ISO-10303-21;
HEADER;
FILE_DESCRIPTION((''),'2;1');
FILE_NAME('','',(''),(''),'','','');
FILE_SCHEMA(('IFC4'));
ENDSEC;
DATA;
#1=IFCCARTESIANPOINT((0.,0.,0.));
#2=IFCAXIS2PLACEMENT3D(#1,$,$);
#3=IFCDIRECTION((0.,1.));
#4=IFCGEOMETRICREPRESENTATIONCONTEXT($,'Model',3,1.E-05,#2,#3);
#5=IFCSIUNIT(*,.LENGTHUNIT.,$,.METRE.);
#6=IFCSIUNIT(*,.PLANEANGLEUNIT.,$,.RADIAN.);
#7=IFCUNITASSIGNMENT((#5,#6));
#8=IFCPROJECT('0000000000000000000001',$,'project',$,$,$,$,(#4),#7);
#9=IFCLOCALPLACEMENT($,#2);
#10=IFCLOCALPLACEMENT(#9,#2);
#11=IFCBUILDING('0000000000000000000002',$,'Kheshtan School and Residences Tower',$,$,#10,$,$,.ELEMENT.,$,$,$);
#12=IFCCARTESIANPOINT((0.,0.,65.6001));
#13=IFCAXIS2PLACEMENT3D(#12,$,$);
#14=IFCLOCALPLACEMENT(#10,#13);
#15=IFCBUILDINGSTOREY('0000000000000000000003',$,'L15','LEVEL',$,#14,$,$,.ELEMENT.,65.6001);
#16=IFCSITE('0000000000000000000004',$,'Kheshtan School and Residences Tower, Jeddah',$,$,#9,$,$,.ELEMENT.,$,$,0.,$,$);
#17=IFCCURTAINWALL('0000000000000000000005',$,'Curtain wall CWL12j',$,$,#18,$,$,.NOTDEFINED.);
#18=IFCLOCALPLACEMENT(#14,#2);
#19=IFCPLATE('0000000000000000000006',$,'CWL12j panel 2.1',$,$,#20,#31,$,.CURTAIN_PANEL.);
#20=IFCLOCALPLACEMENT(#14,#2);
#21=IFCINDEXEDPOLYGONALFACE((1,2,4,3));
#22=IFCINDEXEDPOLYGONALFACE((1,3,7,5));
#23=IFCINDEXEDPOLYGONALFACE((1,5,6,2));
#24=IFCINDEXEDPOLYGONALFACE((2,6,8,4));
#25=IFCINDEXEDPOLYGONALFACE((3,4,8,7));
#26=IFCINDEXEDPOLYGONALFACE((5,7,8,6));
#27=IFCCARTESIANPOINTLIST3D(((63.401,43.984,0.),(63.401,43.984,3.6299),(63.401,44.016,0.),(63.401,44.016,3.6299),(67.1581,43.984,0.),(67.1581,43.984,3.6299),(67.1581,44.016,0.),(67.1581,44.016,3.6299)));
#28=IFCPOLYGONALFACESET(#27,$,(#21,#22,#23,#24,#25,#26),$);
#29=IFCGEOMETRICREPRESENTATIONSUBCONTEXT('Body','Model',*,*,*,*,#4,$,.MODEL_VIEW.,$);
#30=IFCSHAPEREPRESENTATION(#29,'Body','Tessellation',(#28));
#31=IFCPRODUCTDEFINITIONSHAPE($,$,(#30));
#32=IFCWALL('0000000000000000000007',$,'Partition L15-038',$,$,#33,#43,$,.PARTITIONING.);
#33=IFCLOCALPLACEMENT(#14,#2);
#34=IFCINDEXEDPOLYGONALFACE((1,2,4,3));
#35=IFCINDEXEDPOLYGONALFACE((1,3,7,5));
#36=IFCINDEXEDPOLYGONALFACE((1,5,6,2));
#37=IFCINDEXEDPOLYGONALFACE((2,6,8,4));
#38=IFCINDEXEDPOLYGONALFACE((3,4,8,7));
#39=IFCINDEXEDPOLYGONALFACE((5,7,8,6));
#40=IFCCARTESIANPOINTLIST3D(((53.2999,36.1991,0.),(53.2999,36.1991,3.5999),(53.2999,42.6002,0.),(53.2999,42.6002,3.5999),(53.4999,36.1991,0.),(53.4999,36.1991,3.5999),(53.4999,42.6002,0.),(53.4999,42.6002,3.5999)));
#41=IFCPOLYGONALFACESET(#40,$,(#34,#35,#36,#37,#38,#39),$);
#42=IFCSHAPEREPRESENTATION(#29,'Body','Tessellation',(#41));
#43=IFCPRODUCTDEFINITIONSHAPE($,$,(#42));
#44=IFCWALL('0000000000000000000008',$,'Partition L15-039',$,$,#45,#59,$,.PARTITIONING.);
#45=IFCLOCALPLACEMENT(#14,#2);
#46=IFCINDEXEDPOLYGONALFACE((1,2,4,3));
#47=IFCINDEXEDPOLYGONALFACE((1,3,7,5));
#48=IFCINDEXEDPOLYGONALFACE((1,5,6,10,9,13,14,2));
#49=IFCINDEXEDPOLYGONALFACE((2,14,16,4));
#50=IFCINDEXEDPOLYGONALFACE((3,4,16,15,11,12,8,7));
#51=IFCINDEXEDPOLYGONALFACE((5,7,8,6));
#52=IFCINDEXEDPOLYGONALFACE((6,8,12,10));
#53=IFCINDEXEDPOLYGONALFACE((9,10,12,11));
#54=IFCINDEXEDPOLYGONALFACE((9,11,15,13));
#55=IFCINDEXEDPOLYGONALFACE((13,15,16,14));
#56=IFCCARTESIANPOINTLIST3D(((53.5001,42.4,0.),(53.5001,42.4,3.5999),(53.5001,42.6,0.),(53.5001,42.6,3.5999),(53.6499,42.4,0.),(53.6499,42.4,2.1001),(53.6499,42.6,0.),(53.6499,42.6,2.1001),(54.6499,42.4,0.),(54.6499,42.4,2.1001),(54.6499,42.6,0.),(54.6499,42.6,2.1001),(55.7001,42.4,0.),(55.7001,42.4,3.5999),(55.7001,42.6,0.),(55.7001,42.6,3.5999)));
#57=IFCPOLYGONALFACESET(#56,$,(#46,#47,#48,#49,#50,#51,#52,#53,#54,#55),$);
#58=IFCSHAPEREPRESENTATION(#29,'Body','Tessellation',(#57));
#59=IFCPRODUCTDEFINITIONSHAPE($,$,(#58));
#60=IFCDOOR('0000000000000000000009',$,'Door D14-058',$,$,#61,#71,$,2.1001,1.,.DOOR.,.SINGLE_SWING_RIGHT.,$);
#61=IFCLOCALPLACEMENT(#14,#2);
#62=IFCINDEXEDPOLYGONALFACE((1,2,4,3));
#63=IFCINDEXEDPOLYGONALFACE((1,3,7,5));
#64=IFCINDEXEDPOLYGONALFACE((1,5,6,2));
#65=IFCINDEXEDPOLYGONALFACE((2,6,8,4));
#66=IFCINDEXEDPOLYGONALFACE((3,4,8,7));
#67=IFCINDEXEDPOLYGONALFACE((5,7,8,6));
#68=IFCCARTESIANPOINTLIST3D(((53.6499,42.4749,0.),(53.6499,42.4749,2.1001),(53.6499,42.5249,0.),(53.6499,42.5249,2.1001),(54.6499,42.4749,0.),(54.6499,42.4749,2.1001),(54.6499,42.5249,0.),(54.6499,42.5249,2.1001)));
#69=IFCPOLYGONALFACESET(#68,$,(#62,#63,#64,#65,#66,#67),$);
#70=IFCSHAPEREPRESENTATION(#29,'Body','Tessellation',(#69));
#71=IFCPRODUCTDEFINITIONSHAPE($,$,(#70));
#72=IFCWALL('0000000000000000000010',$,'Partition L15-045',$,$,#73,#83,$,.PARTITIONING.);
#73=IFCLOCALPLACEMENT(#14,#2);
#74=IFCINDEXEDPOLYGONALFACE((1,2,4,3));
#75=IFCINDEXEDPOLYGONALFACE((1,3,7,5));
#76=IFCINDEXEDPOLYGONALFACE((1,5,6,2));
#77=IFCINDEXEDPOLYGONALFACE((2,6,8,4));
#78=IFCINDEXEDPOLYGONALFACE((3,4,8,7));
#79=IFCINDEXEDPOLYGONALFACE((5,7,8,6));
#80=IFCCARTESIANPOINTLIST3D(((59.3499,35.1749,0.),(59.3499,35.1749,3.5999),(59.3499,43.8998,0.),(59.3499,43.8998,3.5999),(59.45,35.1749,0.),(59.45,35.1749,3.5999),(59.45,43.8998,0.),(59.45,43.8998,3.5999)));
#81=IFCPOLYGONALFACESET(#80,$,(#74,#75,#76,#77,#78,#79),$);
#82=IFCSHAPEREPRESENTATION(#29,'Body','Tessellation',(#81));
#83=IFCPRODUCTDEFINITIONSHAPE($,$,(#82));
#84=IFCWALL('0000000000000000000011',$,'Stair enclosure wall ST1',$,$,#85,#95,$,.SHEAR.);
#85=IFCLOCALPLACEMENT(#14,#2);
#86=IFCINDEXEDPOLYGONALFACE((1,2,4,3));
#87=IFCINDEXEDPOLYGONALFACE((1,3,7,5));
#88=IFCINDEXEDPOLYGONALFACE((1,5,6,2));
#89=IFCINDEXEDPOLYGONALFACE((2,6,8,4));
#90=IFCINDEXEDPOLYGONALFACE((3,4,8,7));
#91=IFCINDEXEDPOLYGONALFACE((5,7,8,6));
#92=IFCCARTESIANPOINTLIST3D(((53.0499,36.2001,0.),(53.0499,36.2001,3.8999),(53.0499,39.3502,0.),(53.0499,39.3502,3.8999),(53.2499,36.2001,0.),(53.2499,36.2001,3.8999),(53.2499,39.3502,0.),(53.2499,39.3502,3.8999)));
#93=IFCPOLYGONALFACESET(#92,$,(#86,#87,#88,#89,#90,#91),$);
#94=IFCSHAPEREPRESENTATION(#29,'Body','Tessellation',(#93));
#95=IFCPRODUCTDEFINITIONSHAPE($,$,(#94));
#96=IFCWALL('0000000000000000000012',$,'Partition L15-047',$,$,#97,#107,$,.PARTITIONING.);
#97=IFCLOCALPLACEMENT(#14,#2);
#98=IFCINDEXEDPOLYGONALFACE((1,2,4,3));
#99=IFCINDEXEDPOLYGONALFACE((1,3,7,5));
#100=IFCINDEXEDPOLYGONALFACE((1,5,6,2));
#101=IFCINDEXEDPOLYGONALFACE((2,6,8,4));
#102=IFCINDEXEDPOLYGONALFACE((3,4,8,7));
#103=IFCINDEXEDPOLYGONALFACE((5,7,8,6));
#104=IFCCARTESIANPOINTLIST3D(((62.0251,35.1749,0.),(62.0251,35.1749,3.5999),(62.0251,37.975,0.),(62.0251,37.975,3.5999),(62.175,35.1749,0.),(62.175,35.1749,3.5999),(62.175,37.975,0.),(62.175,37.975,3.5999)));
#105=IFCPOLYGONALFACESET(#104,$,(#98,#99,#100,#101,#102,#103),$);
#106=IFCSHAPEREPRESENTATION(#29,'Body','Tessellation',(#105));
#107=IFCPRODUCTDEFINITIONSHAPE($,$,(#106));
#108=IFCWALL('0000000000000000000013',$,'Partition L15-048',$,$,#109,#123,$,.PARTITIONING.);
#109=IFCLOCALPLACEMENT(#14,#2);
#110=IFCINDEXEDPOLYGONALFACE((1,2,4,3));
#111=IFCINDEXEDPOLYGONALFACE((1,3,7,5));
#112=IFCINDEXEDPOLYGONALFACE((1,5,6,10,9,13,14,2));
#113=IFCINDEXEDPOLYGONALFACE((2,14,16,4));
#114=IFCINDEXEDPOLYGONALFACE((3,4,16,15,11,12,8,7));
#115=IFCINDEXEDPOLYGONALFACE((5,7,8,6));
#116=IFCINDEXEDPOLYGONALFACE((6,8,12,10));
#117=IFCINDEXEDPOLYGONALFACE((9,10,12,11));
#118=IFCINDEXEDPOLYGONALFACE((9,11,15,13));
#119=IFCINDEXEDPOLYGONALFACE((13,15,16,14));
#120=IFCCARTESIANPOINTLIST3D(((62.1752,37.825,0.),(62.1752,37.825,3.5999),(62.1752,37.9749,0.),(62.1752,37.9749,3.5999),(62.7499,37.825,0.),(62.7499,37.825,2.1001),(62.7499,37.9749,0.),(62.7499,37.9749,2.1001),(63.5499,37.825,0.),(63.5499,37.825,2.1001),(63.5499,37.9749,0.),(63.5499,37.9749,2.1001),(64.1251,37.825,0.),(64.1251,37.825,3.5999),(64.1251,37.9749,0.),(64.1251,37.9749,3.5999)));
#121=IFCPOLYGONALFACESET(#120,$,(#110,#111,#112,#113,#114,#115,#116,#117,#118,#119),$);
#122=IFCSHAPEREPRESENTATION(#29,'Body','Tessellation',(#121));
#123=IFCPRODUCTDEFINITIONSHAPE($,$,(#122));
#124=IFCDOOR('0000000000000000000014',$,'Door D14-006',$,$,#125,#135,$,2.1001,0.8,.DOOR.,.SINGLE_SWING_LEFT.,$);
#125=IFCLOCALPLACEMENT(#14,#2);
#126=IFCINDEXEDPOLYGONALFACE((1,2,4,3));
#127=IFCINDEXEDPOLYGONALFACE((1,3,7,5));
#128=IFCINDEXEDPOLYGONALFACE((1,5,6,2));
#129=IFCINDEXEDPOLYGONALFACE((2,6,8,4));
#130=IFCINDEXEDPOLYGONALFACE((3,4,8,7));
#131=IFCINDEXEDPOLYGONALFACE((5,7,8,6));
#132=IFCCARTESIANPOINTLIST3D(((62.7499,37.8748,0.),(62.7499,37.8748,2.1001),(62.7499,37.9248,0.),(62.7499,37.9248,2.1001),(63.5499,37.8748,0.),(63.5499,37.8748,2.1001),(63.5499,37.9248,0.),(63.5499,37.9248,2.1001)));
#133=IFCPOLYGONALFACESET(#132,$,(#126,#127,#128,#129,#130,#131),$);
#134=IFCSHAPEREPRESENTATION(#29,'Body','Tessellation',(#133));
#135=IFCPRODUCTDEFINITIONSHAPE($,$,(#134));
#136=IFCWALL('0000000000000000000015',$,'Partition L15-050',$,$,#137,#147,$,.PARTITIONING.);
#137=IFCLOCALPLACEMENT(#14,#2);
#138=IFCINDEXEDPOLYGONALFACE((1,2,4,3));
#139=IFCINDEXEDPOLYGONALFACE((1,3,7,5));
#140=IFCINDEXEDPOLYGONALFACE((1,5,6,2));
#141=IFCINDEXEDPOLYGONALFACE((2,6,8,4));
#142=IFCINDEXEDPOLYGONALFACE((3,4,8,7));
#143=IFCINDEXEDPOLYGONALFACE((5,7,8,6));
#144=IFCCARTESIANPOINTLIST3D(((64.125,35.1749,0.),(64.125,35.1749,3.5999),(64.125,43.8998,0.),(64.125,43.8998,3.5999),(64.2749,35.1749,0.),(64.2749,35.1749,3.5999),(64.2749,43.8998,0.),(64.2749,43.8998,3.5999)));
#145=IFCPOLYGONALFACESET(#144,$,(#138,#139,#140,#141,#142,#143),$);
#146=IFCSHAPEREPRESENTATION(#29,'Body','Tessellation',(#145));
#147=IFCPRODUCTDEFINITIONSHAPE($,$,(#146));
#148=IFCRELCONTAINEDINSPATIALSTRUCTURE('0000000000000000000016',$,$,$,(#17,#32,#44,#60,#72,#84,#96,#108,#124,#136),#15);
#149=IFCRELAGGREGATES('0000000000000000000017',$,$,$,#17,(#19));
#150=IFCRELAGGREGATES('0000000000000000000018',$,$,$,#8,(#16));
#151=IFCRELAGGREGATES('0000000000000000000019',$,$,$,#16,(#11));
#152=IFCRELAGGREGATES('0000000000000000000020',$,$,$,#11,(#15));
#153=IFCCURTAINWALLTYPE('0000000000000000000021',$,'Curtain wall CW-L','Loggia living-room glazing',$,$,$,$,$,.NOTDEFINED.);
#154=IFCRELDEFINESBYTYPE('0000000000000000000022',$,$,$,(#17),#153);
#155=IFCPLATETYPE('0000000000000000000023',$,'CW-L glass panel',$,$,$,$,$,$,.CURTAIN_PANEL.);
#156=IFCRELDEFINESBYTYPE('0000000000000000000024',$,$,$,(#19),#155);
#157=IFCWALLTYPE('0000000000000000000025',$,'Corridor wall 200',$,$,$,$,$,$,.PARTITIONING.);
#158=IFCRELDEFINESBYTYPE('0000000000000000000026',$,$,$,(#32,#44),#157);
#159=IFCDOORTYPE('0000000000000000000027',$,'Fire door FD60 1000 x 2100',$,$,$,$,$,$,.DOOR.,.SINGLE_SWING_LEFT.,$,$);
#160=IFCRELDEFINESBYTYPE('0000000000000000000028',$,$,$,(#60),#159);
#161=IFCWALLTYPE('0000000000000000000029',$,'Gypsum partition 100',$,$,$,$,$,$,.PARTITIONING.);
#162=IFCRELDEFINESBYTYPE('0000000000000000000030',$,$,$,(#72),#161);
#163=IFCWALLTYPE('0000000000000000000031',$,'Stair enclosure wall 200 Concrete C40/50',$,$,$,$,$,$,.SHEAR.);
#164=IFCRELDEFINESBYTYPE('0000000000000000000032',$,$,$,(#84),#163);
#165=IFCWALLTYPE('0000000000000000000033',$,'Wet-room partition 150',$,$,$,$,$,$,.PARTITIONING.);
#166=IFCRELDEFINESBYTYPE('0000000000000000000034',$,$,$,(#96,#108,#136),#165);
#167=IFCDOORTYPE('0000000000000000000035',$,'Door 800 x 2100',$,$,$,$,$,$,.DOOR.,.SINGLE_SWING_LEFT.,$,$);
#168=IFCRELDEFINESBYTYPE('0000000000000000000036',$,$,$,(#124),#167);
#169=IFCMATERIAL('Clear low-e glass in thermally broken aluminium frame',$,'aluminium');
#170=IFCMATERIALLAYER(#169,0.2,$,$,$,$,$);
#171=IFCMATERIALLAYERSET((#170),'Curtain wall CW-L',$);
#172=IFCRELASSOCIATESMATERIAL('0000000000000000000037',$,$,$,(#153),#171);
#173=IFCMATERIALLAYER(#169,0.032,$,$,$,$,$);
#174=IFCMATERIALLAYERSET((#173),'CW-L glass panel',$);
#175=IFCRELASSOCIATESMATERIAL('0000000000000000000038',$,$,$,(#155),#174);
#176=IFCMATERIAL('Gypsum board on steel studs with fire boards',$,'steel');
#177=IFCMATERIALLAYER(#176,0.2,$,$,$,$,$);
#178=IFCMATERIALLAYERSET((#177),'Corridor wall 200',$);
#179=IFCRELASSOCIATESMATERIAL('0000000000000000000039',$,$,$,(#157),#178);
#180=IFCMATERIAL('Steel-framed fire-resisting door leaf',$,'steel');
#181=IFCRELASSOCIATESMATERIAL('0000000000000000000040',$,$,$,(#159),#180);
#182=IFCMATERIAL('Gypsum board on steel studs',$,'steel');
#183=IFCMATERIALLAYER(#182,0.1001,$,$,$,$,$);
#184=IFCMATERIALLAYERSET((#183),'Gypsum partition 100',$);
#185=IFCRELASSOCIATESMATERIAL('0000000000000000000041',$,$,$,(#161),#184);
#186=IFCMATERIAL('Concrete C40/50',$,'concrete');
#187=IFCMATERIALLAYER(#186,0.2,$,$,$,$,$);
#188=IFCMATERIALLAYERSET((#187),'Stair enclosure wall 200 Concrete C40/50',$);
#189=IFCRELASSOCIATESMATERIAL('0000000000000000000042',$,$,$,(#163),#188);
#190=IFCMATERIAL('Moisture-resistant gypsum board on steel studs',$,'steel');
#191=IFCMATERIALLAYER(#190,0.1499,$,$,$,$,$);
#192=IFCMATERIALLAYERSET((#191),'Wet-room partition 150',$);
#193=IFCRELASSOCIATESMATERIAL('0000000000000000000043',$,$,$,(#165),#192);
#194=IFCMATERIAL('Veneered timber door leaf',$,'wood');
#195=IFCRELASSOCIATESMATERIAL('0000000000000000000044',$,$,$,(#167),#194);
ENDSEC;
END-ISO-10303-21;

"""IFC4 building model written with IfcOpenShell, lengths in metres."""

from ifc_helpers import new_model, si_unit, direction, frame, frame_2d, origin, origin_2d, place, context, subcontext, project, spatial, rectangle, extrude, source, transform, mapped, material, layer, layer_set, type_object, element, fill, aggregate, save


model = new_model("IFC4")

# Units and contexts
model_context = context("Model", 3, precision=1e-05, world=origin(), true_north=direction((0.0, 1.0)))
body_context = subcontext(model_context, "Body", "Model", "MODEL_VIEW")
ifc_project = project(units=[si_unit("LENGTHUNIT", "METRE"), si_unit("PLANEANGLEUNIT", "RADIAN")], contexts=[model_context])

# Site, building, storey
site_placement = place(None, origin())
site = spatial("IfcSite", under=ifc_project, at=site_placement, Name="Kheshtan School and Residences Tower, Jeddah", CompositionType="ELEMENT", RefElevation=0.0)
building_placement = place(site_placement, origin())
building = spatial("IfcBuilding", under=site, at=building_placement, Name="Kheshtan School and Residences Tower", CompositionType="ELEMENT")
storey_placement = place(building_placement, frame((0.0, 0.0, 65.6001)))
storey = spatial("IfcBuildingStorey", under=building, at=storey_placement, Name="L15", Description="LEVEL", CompositionType="ELEMENT", Elevation=65.6001)

# Shared definitions
ifc_material_1 = material(Name="Clear low-e glass in thermally broken aluminium frame", Category="aluminium")
ifc_layer_1 = layer(ifc_material_1, 0.2)
ifc_layer_set_1 = layer_set([ifc_layer_1], Name="Curtain wall CW-L")
curtain_wall_type = type_object("IfcCurtainWallType", Name="Curtain wall CW-L", Description="Loggia living-room glazing", PredefinedType="NOTDEFINED", material=ifc_layer_set_1)

# Curtain wall
curtain_wall_1_placement = place(storey_placement, origin())
curtain_wall_1 = element("IfcCurtainWall", 1, at=curtain_wall_1_placement, inside=storey, type_object=curtain_wall_type, Name="Curtain wall CWL12j", PredefinedType="NOTDEFINED")

# Plate
ifc_layer_2 = layer(ifc_material_1, 0.032)
ifc_layer_set_2 = layer_set([ifc_layer_2], Name="CW-L glass panel")
plate_type = type_object("IfcPlateType", Name="CW-L glass panel", PredefinedType="CURTAIN_PANEL", material=ifc_layer_set_2)
plate_1_placement = place(storey_placement, frame((65.2795, 44.0, 0.0), z_axis=(0.0, 0.0, 1.0), x_axis=(1.0, 0.0, 0.0)))
plate_1 = element("IfcPlate", 2, at=plate_1_placement, type_object=plate_type, Name="CWL12j panel 2.1", PredefinedType="CURTAIN_PANEL", context=body_context, shape_type="SweptSolid", body=[
    extrude(rectangle(XDim=3.7571, YDim=0.032, at=origin_2d()), origin(), (0.0, 0.0, 1.0), 3.6299),
])
aggregate(curtain_wall_1, [plate_1])

# Wall
ifc_material_2 = material(Name="Gypsum board on steel studs with fire boards", Category="steel")
ifc_layer_3 = layer(ifc_material_2, 0.2)
ifc_layer_set_3 = layer_set([ifc_layer_3], Name="Corridor wall 200")
wall_type_1 = type_object("IfcWallType", Name="Corridor wall 200", PredefinedType="PARTITIONING", material=ifc_layer_set_3)
wall_1_placement = place(storey_placement, frame((53.3999, 36.199, 0.0), z_axis=(0.0, 0.0, 1.0), x_axis=(0.0, 1.0, 0.0)))
element("IfcWall", 3, at=wall_1_placement, inside=storey, type_object=wall_type_1, Name="Partition L15-038", PredefinedType="PARTITIONING", context=body_context, shape_type="SweptSolid", body=[
    extrude(rectangle(XDim=6.4011, YDim=0.2, at=frame_2d((3.2007, 0.0))), origin(), (0.0, 0.0, 1.0), 3.5999),
])

# Wall, opening, door
wall_2_placement = place(storey_placement, frame((53.5, 42.5, 0.0), z_axis=(0.0, 0.0, 1.0), x_axis=(1.0, 0.0, 0.0)))
wall_2 = element("IfcWall", 4, at=wall_2_placement, inside=storey, type_object=wall_type_1, Name="Partition L15-039", PredefinedType="PARTITIONING", context=body_context, shape_type="SweptSolid", body=[
    extrude(rectangle(XDim=2.2, YDim=0.2, at=frame_2d((1.1001, 0.0))), origin(), (0.0, 0.0, 1.0), 3.5999),
])
opening_1_placement = place(wall_2_placement, frame((0.1499, 0.0, 0.0)))
opening_1 = element("IfcOpeningElement", 5, at=opening_1_placement, cuts=wall_2, PredefinedType="OPENING", context=body_context, shape_type="SweptSolid", body=[
    extrude(rectangle(XDim=1.0, YDim=2.1001, at=frame_2d((0.5, 1.05))), frame((0.0, 0.1099, 0.0), z_axis=(0.0, -1.0, 0.0), x_axis=(1.0, 0.0, 0.0)), (0.0, 0.0, 1.0), 0.22),
])
ifc_material_3 = material(Name="Steel-framed fire-resisting door leaf", Category="steel")
door_type_1 = type_object("IfcDoorType", Name="Fire door FD60 1000 x 2100", OperationType="SINGLE_SWING_LEFT", PredefinedType="DOOR", material=ifc_material_3)
shared_shape_1 = source(origin(), body_context, "Body", "SweptSolid", [
    extrude(rectangle(XDim=1.0, YDim=2.1001, at=frame_2d((0.5, 1.05))), frame((0.0, 0.0249, 0.0), z_axis=(0.0, -1.0, 0.0), x_axis=(1.0, 0.0, 0.0)), (0.0, 0.0, 1.0), 0.05),
])
door_1_placement = place(opening_1_placement, origin())
door_1 = element("IfcDoor", 6, at=door_1_placement, inside=storey, type_object=door_type_1, Name="Door D14-058", OperationType="SINGLE_SWING_RIGHT", OverallHeight=2.1001, OverallWidth=1.0, PredefinedType="DOOR", context=body_context, shape_type="MappedRepresentation", body=[
    mapped(shared_shape_1, transform((0.0, 0.0, 0.0), x_axis=(1.0, 0.0, 0.0), y_axis=(0.0, 1.0, 0.0), z_axis=(0.0, 0.0, 1.0), scale=1.0)),
])
fill(opening_1, door_1)

# Walls
ifc_material_4 = material(Name="Gypsum board on steel studs", Category="steel")
ifc_layer_4 = layer(ifc_material_4, 0.1001)
ifc_layer_set_4 = layer_set([ifc_layer_4], Name="Gypsum partition 100")
wall_type_2 = type_object("IfcWallType", Name="Gypsum partition 100", PredefinedType="PARTITIONING", material=ifc_layer_set_4)
wall_3_placement = place(storey_placement, frame((59.3999, 35.175, 0.0), z_axis=(0.0, 0.0, 1.0), x_axis=(0.0, 1.0, 0.0)))
element("IfcWall", 7, at=wall_3_placement, inside=storey, type_object=wall_type_2, Name="Partition L15-045", PredefinedType="PARTITIONING", context=body_context, shape_type="SweptSolid", body=[
    extrude(rectangle(XDim=8.7249, YDim=0.1001, at=frame_2d((4.3623, 0.0))), origin(), (0.0, 0.0, 1.0), 3.5999),
])
ifc_material_5 = material(Name="Concrete C40/50", Category="concrete")
ifc_layer_5 = layer(ifc_material_5, 0.2)
ifc_layer_set_5 = layer_set([ifc_layer_5], Name="Stair enclosure wall 200 Concrete C40/50")
wall_type_3 = type_object("IfcWallType", Name="Stair enclosure wall 200 Concrete C40/50", PredefinedType="SHEAR", material=ifc_layer_set_5)
wall_4_placement = place(storey_placement, frame((53.1499, 36.2, 0.0), z_axis=(0.0, 0.0, 1.0), x_axis=(0.0, 1.0, 0.0)))
element("IfcWall", 8, at=wall_4_placement, inside=storey, type_object=wall_type_3, Name="Stair enclosure wall ST1", PredefinedType="SHEAR", context=body_context, shape_type="SweptSolid", body=[
    extrude(rectangle(XDim=3.1501, YDim=0.2, at=frame_2d((1.5752, 0.0))), origin(), (0.0, 0.0, 1.0), 3.8999),
])
ifc_material_6 = material(Name="Moisture-resistant gypsum board on steel studs", Category="steel")
ifc_layer_6 = layer(ifc_material_6, 0.1499)
ifc_layer_set_6 = layer_set([ifc_layer_6], Name="Wet-room partition 150")
wall_type_4 = type_object("IfcWallType", Name="Wet-room partition 150", PredefinedType="PARTITIONING", material=ifc_layer_set_6)
wall_5_placement = place(storey_placement, frame((62.1001, 35.175, 0.0), z_axis=(0.0, 0.0, 1.0), x_axis=(0.0, 1.0, 0.0)))
element("IfcWall", 9, at=wall_5_placement, inside=storey, type_object=wall_type_4, Name="Partition L15-047", PredefinedType="PARTITIONING", context=body_context, shape_type="SweptSolid", body=[
    extrude(rectangle(XDim=2.8, YDim=0.1499, at=frame_2d((1.3999, 0.0))), origin(), (0.0, 0.0, 1.0), 3.5999),
])

# Wall, opening, door
wall_6_placement = place(storey_placement, frame((62.175, 37.8999, 0.0), z_axis=(0.0, 0.0, 1.0), x_axis=(1.0, 0.0, 0.0)))
wall_6 = element("IfcWall", 10, at=wall_6_placement, inside=storey, type_object=wall_type_4, Name="Partition L15-048", PredefinedType="PARTITIONING", context=body_context, shape_type="SweptSolid", body=[
    extrude(rectangle(XDim=1.95, YDim=0.1499, at=frame_2d((0.9751, 0.0))), origin(), (0.0, 0.0, 1.0), 3.5999),
])
opening_2_placement = place(wall_6_placement, frame((0.575, 0.0, 0.0)))
opening_2 = element("IfcOpeningElement", 11, at=opening_2_placement, cuts=wall_6, PredefinedType="OPENING", context=body_context, shape_type="SweptSolid", body=[
    extrude(rectangle(XDim=0.8, YDim=2.1001, at=frame_2d((0.3999, 1.05))), frame((0.0, 0.085, 0.0), z_axis=(0.0, -1.0, 0.0), x_axis=(1.0, 0.0, 0.0)), (0.0, 0.0, 1.0), 0.1699),
])
ifc_material_7 = material(Name="Veneered timber door leaf", Category="wood")
door_type_2 = type_object("IfcDoorType", Name="Door 800 x 2100", OperationType="SINGLE_SWING_LEFT", PredefinedType="DOOR", material=ifc_material_7)
shared_shape_2 = source(origin(), body_context, "Body", "SweptSolid", [
    extrude(rectangle(XDim=0.8, YDim=2.1001, at=frame_2d((0.3999, 1.05))), frame((0.0, 0.0249, 0.0), z_axis=(0.0, -1.0, 0.0), x_axis=(1.0, 0.0, 0.0)), (0.0, 0.0, 1.0), 0.05),
])
door_2_placement = place(opening_2_placement, origin())
door_2 = element("IfcDoor", 12, at=door_2_placement, inside=storey, type_object=door_type_2, Name="Door D14-006", OperationType="SINGLE_SWING_LEFT", OverallHeight=2.1001, OverallWidth=0.8, PredefinedType="DOOR", context=body_context, shape_type="MappedRepresentation", body=[
    mapped(shared_shape_2, transform((0.0, 0.0, 0.0), x_axis=(1.0, 0.0, 0.0), y_axis=(0.0, 1.0, 0.0), z_axis=(0.0, 0.0, 1.0), scale=1.0)),
])
fill(opening_2, door_2)

# Wall
wall_7_placement = place(storey_placement, frame((64.2, 35.175, 0.0), z_axis=(0.0, 0.0, 1.0), x_axis=(0.0, 1.0, 0.0)))
element("IfcWall", 13, at=wall_7_placement, inside=storey, type_object=wall_type_4, Name="Partition L15-050", PredefinedType="PARTITIONING", context=body_context, shape_type="SweptSolid", body=[
    extrude(rectangle(XDim=8.7249, YDim=0.1499, at=frame_2d((4.3623, 0.0))), origin(), (0.0, 0.0, 1.0), 3.5999),
])

save(model, "model.ifc")
